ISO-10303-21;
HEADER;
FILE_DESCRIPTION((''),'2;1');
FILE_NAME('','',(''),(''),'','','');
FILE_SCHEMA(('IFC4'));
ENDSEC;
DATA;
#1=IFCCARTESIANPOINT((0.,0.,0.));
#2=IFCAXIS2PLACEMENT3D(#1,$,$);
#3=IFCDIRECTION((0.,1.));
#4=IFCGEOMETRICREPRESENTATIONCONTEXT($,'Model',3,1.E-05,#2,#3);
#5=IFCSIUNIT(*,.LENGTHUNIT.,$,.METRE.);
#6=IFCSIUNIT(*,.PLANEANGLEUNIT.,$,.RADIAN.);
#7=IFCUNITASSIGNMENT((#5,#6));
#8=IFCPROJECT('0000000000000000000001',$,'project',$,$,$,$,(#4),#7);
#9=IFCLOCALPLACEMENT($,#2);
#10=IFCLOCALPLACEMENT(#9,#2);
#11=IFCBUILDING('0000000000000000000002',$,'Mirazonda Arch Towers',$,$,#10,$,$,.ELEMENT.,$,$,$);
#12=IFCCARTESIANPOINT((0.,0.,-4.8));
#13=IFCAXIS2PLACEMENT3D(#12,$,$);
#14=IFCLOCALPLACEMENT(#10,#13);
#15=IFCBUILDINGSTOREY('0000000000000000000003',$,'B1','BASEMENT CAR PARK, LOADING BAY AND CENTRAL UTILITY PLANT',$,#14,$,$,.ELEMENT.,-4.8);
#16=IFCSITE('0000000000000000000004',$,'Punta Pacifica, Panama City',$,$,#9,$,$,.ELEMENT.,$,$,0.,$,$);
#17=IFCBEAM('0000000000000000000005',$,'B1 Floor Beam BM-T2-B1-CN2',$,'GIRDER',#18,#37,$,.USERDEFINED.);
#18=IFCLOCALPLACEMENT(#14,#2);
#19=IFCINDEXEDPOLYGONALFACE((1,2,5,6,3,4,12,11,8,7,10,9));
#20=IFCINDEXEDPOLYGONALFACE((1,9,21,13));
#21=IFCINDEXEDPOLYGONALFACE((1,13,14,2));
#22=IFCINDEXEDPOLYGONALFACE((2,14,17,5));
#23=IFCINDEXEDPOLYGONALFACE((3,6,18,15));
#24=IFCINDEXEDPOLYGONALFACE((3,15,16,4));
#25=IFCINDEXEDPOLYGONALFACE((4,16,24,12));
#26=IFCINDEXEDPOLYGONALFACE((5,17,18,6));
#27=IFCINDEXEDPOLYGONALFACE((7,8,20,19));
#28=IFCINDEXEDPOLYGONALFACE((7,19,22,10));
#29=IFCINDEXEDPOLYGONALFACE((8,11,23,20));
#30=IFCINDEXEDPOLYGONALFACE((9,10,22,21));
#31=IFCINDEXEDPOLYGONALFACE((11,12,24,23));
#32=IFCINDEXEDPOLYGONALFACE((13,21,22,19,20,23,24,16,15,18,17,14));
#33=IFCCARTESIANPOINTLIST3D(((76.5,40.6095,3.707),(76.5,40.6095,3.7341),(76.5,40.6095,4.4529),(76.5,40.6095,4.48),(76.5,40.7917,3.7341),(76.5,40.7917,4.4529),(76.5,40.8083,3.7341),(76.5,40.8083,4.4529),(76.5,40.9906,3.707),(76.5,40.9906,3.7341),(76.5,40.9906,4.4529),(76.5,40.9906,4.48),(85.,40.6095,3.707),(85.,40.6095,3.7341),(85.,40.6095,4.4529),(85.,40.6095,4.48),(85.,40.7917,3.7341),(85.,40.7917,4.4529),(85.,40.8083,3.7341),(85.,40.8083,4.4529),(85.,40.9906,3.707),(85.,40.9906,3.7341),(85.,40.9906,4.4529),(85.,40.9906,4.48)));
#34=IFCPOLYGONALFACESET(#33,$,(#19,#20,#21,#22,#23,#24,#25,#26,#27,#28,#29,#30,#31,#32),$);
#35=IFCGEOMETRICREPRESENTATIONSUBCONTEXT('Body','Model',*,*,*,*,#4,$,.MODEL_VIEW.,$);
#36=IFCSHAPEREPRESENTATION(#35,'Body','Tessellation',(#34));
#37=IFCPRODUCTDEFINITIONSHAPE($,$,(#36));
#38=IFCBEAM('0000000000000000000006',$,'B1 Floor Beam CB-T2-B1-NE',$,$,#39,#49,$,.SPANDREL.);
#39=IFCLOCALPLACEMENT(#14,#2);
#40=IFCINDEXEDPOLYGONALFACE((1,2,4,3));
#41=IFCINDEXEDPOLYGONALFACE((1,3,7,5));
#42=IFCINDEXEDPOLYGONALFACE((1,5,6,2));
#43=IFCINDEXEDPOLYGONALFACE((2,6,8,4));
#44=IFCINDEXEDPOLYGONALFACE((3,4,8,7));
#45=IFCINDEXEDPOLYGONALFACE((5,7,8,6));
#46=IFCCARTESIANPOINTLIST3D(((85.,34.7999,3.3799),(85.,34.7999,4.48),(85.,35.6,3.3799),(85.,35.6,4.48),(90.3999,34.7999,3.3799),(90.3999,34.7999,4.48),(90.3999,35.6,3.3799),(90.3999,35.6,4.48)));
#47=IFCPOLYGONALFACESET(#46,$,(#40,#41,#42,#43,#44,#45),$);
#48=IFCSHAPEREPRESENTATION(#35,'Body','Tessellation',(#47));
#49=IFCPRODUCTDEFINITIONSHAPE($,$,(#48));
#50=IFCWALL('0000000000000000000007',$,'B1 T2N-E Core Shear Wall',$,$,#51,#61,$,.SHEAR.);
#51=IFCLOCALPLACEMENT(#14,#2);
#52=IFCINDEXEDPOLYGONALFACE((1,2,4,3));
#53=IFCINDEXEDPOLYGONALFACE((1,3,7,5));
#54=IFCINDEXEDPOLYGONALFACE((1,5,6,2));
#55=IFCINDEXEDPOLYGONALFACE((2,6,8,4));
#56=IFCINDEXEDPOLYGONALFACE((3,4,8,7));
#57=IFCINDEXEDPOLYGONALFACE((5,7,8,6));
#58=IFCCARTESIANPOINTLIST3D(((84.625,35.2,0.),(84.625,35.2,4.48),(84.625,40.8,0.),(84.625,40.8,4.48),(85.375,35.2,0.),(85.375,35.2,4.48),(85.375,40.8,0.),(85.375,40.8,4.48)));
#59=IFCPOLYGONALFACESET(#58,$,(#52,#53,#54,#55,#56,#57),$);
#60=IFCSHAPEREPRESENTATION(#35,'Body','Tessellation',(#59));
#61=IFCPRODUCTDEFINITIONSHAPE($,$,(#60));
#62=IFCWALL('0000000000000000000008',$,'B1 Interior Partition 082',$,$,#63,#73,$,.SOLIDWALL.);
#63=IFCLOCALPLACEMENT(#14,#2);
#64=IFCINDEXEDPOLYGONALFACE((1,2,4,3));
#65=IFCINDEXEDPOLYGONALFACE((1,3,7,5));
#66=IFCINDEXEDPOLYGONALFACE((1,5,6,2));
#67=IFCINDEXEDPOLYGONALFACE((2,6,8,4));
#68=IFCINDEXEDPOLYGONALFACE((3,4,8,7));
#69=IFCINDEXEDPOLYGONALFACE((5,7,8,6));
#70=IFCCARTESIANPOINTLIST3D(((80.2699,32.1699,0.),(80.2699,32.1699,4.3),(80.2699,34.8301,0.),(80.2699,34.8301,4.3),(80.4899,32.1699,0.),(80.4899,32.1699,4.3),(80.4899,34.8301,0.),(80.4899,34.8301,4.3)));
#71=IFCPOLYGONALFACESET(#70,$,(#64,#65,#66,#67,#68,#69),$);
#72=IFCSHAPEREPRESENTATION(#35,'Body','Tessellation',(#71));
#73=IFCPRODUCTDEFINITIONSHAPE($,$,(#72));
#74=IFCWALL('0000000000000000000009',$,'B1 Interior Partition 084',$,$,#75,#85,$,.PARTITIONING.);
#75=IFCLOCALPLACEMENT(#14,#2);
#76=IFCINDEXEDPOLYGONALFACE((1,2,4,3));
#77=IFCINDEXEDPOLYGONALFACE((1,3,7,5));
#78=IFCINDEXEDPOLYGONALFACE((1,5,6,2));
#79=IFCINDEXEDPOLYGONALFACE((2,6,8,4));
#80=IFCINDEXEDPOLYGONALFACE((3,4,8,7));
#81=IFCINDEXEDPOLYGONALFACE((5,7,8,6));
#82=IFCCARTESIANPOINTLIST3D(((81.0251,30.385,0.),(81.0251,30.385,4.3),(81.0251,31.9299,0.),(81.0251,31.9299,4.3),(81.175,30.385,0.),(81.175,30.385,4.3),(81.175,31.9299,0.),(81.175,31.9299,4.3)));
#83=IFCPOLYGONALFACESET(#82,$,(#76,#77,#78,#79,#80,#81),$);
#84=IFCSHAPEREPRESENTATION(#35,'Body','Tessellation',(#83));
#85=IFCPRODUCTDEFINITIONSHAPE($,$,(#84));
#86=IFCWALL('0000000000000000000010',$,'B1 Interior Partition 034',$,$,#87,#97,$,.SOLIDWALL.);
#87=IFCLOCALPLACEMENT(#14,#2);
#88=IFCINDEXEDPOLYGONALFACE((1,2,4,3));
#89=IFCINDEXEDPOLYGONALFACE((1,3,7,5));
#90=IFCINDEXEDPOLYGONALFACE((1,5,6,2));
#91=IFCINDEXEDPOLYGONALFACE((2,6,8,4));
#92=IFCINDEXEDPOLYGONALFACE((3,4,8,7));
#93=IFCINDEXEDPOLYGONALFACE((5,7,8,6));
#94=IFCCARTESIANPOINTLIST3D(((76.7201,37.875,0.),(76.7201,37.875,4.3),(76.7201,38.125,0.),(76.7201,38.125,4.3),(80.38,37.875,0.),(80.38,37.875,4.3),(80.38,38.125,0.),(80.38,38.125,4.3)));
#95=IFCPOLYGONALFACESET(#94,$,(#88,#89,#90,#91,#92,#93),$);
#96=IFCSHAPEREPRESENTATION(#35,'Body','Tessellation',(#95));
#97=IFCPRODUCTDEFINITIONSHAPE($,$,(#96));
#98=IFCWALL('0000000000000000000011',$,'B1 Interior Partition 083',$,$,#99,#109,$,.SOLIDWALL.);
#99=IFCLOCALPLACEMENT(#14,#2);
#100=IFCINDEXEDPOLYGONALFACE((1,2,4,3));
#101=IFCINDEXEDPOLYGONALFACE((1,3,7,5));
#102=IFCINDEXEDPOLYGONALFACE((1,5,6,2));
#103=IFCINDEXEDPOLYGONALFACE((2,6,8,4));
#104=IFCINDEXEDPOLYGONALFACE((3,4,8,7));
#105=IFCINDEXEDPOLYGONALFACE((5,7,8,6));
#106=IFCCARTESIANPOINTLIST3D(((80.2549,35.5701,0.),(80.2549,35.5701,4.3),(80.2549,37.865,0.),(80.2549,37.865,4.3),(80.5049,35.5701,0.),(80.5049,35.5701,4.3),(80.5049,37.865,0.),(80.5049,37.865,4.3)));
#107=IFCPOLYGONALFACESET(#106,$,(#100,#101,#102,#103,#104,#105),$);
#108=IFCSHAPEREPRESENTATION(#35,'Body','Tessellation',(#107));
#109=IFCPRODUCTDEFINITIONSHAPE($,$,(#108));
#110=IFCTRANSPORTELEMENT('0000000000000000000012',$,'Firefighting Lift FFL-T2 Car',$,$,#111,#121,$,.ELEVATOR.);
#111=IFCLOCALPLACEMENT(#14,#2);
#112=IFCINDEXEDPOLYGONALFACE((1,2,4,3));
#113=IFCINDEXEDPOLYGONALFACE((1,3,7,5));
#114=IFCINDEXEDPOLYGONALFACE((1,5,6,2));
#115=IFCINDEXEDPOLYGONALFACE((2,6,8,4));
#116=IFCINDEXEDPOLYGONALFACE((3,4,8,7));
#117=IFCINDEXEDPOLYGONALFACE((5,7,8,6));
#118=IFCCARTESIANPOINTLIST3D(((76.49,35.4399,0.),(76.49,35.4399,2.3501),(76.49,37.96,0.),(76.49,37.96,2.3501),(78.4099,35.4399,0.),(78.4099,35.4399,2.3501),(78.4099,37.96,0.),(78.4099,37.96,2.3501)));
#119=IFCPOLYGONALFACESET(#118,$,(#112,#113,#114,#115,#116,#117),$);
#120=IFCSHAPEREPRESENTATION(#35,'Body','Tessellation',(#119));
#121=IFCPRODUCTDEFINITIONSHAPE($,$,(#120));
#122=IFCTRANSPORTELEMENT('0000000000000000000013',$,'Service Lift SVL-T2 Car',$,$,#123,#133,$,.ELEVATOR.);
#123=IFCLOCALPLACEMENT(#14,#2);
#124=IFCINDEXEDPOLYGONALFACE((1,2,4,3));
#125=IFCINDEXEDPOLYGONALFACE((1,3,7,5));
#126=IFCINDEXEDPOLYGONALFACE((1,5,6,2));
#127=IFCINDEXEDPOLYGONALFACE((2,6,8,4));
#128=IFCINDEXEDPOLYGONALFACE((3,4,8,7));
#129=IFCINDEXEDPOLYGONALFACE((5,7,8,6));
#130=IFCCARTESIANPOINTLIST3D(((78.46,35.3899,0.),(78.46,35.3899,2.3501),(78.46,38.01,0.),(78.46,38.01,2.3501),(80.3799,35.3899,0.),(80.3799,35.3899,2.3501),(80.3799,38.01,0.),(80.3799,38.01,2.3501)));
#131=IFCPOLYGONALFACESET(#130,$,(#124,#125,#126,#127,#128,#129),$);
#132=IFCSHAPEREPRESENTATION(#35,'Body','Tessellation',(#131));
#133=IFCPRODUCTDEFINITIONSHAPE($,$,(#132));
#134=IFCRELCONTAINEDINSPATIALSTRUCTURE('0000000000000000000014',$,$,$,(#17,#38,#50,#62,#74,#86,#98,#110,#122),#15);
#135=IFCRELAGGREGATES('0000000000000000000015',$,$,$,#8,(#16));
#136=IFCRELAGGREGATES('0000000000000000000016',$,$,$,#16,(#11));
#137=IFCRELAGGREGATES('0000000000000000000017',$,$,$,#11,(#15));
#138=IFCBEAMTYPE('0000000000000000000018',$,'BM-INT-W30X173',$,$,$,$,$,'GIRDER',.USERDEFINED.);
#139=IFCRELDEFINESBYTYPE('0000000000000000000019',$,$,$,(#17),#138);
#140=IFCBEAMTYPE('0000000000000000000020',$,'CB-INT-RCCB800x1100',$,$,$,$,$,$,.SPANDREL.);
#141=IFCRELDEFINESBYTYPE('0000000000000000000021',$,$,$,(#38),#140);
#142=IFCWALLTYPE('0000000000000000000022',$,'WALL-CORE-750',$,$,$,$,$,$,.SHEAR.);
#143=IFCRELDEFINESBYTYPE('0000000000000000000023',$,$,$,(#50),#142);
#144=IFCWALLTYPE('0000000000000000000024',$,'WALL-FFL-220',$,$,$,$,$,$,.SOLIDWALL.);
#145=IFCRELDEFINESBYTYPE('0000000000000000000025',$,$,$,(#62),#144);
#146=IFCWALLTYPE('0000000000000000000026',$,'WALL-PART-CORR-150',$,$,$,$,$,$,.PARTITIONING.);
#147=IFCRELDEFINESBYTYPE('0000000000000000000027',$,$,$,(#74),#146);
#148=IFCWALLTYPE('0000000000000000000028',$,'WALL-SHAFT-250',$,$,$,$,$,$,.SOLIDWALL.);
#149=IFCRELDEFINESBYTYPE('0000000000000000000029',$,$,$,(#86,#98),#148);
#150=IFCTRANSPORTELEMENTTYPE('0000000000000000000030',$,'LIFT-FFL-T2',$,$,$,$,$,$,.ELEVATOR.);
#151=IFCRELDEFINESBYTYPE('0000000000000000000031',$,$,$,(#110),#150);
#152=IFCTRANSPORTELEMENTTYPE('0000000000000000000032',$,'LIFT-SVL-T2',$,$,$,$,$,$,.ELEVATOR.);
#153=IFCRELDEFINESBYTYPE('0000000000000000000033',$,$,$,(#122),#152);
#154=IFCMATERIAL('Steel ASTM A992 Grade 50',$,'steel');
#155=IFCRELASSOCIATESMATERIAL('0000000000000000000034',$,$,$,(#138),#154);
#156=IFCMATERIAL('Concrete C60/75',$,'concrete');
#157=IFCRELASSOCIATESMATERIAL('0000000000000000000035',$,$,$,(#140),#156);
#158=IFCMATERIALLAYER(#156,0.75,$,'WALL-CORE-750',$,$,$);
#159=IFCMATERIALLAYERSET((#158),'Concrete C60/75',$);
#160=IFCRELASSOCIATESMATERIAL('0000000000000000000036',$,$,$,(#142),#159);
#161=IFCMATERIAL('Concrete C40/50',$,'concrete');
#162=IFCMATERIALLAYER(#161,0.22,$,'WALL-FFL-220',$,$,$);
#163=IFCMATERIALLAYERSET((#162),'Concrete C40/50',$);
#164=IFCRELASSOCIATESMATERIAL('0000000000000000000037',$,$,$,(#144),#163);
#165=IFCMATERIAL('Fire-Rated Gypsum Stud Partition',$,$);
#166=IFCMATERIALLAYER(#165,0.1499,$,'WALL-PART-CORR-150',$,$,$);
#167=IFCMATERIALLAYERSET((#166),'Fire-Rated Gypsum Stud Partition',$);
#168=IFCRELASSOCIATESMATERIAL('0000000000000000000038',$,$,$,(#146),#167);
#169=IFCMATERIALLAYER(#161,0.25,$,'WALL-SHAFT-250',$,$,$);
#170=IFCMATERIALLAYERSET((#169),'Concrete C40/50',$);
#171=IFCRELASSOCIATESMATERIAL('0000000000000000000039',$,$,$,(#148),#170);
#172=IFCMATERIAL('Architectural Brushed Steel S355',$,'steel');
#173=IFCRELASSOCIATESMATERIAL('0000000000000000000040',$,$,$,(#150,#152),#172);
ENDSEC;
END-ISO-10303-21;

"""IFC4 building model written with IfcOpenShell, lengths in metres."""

from ifc_helpers import new_model, si_unit, direction, frame, frame_2d, origin, origin_2d, place, context, subcontext, project, spatial, rectangle, i_section, extrude, material, layer, layer_set, material_profile, profile_set, type_object, element, save


model = new_model("IFC4")

# Units and contexts
model_context = context("Model", 3, precision=1e-05, world=origin(), true_north=direction((0.0, 1.0)))
body_context = subcontext(model_context, "Body", "Model", "MODEL_VIEW")
ifc_project = project(units=[si_unit("LENGTHUNIT", "METRE"), si_unit("PLANEANGLEUNIT", "RADIAN")], contexts=[model_context])

# Site, building, storey
site_placement = place(None, origin())
site = spatial("IfcSite", under=ifc_project, at=site_placement, Name="Punta Pacifica, Panama City", CompositionType="ELEMENT", RefElevation=0.0)
building_placement = place(site_placement, origin())
building = spatial("IfcBuilding", under=site, at=building_placement, Name="Mirazonda Arch Towers", CompositionType="ELEMENT")
storey_placement = place(building_placement, frame((0.0, 0.0, -4.8)))
storey = spatial("IfcBuildingStorey", under=building, at=storey_placement, Name="B1", Description="BASEMENT CAR PARK, LOADING BAY AND CENTRAL UTILITY PLANT", CompositionType="ELEMENT", Elevation=-4.8)

# Shared definitions
ifc_material_1 = material(Name="Concrete C60/75", Category="concrete")

# Beams
ifc_material_2 = material(Name="Steel ASTM A992 Grade 50", Category="steel")
ifc_material_profile_1 = material_profile(ifc_material_2, i_section(OverallWidth=0.3811, OverallDepth=0.7729, WebThickness=0.0166, FlangeThickness=0.0271, at=origin_2d()), Name="W30X173")
ifc_profile_set_1 = profile_set([ifc_material_profile_1], Name="Steel ASTM A992 Grade 50")
beam_type_1 = type_object("IfcBeamType", Name="BM-INT-W30X173", ElementType="GIRDER", PredefinedType="USERDEFINED", material=ifc_profile_set_1)
beam_1_placement = place(storey_placement, frame((76.5, 40.8, 4.0935), z_axis=(1.0, 0.0, 0.0), x_axis=(0.0, 1.0, 0.0)))
element("IfcBeam", 1, at=beam_1_placement, inside=storey, type_object=beam_type_1, Name="B1 Floor Beam BM-T2-B1-CN2", ObjectType="GIRDER", PredefinedType="USERDEFINED", context=body_context, shape_type="SweptSolid", body=[
    extrude(i_section(OverallWidth=0.3811, OverallDepth=0.7729, WebThickness=0.0166, FlangeThickness=0.0271, at=origin_2d()), origin(), (0.0, 0.0, 1.0), 8.5),
])
ifc_material_profile_2 = material_profile(ifc_material_1, rectangle(XDim=0.8, YDim=1.1001, at=origin_2d()), Name="RCCB800x1100")
ifc_profile_set_2 = profile_set([ifc_material_profile_2], Name="Concrete C60/75")
beam_type_2 = type_object("IfcBeamType", Name="CB-INT-RCCB800x1100", PredefinedType="SPANDREL", material=ifc_profile_set_2)
beam_2_placement = place(storey_placement, frame((85.0, 35.2, 3.9299), z_axis=(1.0, 0.0, 0.0), x_axis=(0.0, 1.0, 0.0)))
element("IfcBeam", 2, at=beam_2_placement, inside=storey, type_object=beam_type_2, Name="B1 Floor Beam CB-T2-B1-NE", PredefinedType="SPANDREL", context=body_context, shape_type="SweptSolid", body=[
    extrude(rectangle(XDim=0.8, YDim=1.1001, at=origin_2d()), origin(), (0.0, 0.0, 1.0), 5.3999),
])

# Walls
ifc_layer_1 = layer(ifc_material_1, 0.75, Name="WALL-CORE-750")
ifc_layer_set_1 = layer_set([ifc_layer_1], Name="Concrete C60/75")
wall_type_1 = type_object("IfcWallType", Name="WALL-CORE-750", PredefinedType="SHEAR", material=ifc_layer_set_1)
wall_1_placement = place(storey_placement, frame((85.0, 35.2, 0.0), z_axis=(0.0, 0.0, 1.0), x_axis=(0.0, 1.0, 0.0)))
element("IfcWall", 3, at=wall_1_placement, inside=storey, type_object=wall_type_1, Name="B1 T2N-E Core Shear Wall", PredefinedType="SHEAR", context=body_context, shape_type="SweptSolid", body=[
    extrude(rectangle(XDim=5.6001, YDim=0.75, at=frame_2d((2.8, 0.0))), origin(), (0.0, 0.0, 1.0), 4.48),
])
ifc_material_3 = material(Name="Concrete C40/50", Category="concrete")
ifc_layer_2 = layer(ifc_material_3, 0.22, Name="WALL-FFL-220")
ifc_layer_set_2 = layer_set([ifc_layer_2], Name="Concrete C40/50")
wall_type_2 = type_object("IfcWallType", Name="WALL-FFL-220", PredefinedType="SOLIDWALL", material=ifc_layer_set_2)
wall_2_placement = place(storey_placement, frame((80.3799, 32.1699, 0.0), z_axis=(0.0, 0.0, 1.0), x_axis=(0.0, 1.0, 0.0)))
element("IfcWall", 4, at=wall_2_placement, inside=storey, type_object=wall_type_2, Name="B1 Interior Partition 082", PredefinedType="SOLIDWALL", context=body_context, shape_type="SweptSolid", body=[
    extrude(rectangle(XDim=2.6602, YDim=0.22, at=frame_2d((1.3301, 0.0))), origin(), (0.0, 0.0, 1.0), 4.3),
])
ifc_material_4 = material(Name="Fire-Rated Gypsum Stud Partition")
ifc_layer_3 = layer(ifc_material_4, 0.1499, Name="WALL-PART-CORR-150")
ifc_layer_set_3 = layer_set([ifc_layer_3], Name="Fire-Rated Gypsum Stud Partition")
wall_type_3 = type_object("IfcWallType", Name="WALL-PART-CORR-150", PredefinedType="PARTITIONING", material=ifc_layer_set_3)
wall_3_placement = place(storey_placement, frame((81.1001, 30.385, 0.0), z_axis=(0.0, 0.0, 1.0), x_axis=(0.0, 1.0, 0.0)))
element("IfcWall", 5, at=wall_3_placement, inside=storey, type_object=wall_type_3, Name="B1 Interior Partition 084", PredefinedType="PARTITIONING", context=body_context, shape_type="SweptSolid", body=[
    extrude(rectangle(XDim=1.5449, YDim=0.1499, at=frame_2d((0.7725, 0.0))), origin(), (0.0, 0.0, 1.0), 4.3),
])
ifc_layer_4 = layer(ifc_material_3, 0.25, Name="WALL-SHAFT-250")
ifc_layer_set_4 = layer_set([ifc_layer_4], Name="Concrete C40/50")
wall_type_4 = type_object("IfcWallType", Name="WALL-SHAFT-250", PredefinedType="SOLIDWALL", material=ifc_layer_set_4)
wall_4_placement = place(storey_placement, frame((76.72, 38.0, 0.0), z_axis=(0.0, 0.0, 1.0), x_axis=(1.0, 0.0, 0.0)))
element("IfcWall", 6, at=wall_4_placement, inside=storey, type_object=wall_type_4, Name="B1 Interior Partition 034", PredefinedType="SOLIDWALL", context=body_context, shape_type="SweptSolid", body=[
    extrude(rectangle(XDim=3.6599, YDim=0.25, at=frame_2d((1.8301, 0.0))), origin(), (0.0, 0.0, 1.0), 4.3),
])
wall_5_placement = place(storey_placement, frame((80.3799, 35.5701, 0.0), z_axis=(0.0, 0.0, 1.0), x_axis=(0.0, 1.0, 0.0)))
element("IfcWall", 7, at=wall_5_placement, inside=storey, type_object=wall_type_4, Name="B1 Interior Partition 083", PredefinedType="SOLIDWALL", context=body_context, shape_type="SweptSolid", body=[
    extrude(rectangle(XDim=2.2949, YDim=0.25, at=frame_2d((1.1475, 0.0))), origin(), (0.0, 0.0, 1.0), 4.3),
])

# Transport elements
ifc_material_5 = material(Name="Architectural Brushed Steel S355", Category="steel")
transport_element_type_1 = type_object("IfcTransportElementType", Name="LIFT-FFL-T2", PredefinedType="ELEVATOR", material=ifc_material_5)
transport_element_1_placement = place(storey_placement, frame((77.45, 36.7, 0.0), z_axis=(0.0, 0.0, 1.0), x_axis=(1.0, 0.0, 0.0)))
element("IfcTransportElement", 8, at=transport_element_1_placement, inside=storey, type_object=transport_element_type_1, Name="Firefighting Lift FFL-T2 Car", PredefinedType="ELEVATOR", context=body_context, shape_type="SweptSolid", body=[
    extrude(rectangle(XDim=1.9199, YDim=2.52, at=origin_2d()), origin(), (0.0, 0.0, 1.0), 2.3501),
])
transport_element_type_2 = type_object("IfcTransportElementType", Name="LIFT-SVL-T2", PredefinedType="ELEVATOR", material=ifc_material_5)
transport_element_2_placement = place(storey_placement, frame((79.4199, 36.7, 0.0), z_axis=(0.0, 0.0, 1.0), x_axis=(1.0, 0.0, 0.0)))
element("IfcTransportElement", 9, at=transport_element_2_placement, inside=storey, type_object=transport_element_type_2, Name="Service Lift SVL-T2 Car", PredefinedType="ELEVATOR", context=body_context, shape_type="SweptSolid", body=[
    extrude(rectangle(XDim=1.9199, YDim=2.6201, at=origin_2d()), origin(), (0.0, 0.0, 1.0), 2.3501),
])

save(model, "model.ifc")
